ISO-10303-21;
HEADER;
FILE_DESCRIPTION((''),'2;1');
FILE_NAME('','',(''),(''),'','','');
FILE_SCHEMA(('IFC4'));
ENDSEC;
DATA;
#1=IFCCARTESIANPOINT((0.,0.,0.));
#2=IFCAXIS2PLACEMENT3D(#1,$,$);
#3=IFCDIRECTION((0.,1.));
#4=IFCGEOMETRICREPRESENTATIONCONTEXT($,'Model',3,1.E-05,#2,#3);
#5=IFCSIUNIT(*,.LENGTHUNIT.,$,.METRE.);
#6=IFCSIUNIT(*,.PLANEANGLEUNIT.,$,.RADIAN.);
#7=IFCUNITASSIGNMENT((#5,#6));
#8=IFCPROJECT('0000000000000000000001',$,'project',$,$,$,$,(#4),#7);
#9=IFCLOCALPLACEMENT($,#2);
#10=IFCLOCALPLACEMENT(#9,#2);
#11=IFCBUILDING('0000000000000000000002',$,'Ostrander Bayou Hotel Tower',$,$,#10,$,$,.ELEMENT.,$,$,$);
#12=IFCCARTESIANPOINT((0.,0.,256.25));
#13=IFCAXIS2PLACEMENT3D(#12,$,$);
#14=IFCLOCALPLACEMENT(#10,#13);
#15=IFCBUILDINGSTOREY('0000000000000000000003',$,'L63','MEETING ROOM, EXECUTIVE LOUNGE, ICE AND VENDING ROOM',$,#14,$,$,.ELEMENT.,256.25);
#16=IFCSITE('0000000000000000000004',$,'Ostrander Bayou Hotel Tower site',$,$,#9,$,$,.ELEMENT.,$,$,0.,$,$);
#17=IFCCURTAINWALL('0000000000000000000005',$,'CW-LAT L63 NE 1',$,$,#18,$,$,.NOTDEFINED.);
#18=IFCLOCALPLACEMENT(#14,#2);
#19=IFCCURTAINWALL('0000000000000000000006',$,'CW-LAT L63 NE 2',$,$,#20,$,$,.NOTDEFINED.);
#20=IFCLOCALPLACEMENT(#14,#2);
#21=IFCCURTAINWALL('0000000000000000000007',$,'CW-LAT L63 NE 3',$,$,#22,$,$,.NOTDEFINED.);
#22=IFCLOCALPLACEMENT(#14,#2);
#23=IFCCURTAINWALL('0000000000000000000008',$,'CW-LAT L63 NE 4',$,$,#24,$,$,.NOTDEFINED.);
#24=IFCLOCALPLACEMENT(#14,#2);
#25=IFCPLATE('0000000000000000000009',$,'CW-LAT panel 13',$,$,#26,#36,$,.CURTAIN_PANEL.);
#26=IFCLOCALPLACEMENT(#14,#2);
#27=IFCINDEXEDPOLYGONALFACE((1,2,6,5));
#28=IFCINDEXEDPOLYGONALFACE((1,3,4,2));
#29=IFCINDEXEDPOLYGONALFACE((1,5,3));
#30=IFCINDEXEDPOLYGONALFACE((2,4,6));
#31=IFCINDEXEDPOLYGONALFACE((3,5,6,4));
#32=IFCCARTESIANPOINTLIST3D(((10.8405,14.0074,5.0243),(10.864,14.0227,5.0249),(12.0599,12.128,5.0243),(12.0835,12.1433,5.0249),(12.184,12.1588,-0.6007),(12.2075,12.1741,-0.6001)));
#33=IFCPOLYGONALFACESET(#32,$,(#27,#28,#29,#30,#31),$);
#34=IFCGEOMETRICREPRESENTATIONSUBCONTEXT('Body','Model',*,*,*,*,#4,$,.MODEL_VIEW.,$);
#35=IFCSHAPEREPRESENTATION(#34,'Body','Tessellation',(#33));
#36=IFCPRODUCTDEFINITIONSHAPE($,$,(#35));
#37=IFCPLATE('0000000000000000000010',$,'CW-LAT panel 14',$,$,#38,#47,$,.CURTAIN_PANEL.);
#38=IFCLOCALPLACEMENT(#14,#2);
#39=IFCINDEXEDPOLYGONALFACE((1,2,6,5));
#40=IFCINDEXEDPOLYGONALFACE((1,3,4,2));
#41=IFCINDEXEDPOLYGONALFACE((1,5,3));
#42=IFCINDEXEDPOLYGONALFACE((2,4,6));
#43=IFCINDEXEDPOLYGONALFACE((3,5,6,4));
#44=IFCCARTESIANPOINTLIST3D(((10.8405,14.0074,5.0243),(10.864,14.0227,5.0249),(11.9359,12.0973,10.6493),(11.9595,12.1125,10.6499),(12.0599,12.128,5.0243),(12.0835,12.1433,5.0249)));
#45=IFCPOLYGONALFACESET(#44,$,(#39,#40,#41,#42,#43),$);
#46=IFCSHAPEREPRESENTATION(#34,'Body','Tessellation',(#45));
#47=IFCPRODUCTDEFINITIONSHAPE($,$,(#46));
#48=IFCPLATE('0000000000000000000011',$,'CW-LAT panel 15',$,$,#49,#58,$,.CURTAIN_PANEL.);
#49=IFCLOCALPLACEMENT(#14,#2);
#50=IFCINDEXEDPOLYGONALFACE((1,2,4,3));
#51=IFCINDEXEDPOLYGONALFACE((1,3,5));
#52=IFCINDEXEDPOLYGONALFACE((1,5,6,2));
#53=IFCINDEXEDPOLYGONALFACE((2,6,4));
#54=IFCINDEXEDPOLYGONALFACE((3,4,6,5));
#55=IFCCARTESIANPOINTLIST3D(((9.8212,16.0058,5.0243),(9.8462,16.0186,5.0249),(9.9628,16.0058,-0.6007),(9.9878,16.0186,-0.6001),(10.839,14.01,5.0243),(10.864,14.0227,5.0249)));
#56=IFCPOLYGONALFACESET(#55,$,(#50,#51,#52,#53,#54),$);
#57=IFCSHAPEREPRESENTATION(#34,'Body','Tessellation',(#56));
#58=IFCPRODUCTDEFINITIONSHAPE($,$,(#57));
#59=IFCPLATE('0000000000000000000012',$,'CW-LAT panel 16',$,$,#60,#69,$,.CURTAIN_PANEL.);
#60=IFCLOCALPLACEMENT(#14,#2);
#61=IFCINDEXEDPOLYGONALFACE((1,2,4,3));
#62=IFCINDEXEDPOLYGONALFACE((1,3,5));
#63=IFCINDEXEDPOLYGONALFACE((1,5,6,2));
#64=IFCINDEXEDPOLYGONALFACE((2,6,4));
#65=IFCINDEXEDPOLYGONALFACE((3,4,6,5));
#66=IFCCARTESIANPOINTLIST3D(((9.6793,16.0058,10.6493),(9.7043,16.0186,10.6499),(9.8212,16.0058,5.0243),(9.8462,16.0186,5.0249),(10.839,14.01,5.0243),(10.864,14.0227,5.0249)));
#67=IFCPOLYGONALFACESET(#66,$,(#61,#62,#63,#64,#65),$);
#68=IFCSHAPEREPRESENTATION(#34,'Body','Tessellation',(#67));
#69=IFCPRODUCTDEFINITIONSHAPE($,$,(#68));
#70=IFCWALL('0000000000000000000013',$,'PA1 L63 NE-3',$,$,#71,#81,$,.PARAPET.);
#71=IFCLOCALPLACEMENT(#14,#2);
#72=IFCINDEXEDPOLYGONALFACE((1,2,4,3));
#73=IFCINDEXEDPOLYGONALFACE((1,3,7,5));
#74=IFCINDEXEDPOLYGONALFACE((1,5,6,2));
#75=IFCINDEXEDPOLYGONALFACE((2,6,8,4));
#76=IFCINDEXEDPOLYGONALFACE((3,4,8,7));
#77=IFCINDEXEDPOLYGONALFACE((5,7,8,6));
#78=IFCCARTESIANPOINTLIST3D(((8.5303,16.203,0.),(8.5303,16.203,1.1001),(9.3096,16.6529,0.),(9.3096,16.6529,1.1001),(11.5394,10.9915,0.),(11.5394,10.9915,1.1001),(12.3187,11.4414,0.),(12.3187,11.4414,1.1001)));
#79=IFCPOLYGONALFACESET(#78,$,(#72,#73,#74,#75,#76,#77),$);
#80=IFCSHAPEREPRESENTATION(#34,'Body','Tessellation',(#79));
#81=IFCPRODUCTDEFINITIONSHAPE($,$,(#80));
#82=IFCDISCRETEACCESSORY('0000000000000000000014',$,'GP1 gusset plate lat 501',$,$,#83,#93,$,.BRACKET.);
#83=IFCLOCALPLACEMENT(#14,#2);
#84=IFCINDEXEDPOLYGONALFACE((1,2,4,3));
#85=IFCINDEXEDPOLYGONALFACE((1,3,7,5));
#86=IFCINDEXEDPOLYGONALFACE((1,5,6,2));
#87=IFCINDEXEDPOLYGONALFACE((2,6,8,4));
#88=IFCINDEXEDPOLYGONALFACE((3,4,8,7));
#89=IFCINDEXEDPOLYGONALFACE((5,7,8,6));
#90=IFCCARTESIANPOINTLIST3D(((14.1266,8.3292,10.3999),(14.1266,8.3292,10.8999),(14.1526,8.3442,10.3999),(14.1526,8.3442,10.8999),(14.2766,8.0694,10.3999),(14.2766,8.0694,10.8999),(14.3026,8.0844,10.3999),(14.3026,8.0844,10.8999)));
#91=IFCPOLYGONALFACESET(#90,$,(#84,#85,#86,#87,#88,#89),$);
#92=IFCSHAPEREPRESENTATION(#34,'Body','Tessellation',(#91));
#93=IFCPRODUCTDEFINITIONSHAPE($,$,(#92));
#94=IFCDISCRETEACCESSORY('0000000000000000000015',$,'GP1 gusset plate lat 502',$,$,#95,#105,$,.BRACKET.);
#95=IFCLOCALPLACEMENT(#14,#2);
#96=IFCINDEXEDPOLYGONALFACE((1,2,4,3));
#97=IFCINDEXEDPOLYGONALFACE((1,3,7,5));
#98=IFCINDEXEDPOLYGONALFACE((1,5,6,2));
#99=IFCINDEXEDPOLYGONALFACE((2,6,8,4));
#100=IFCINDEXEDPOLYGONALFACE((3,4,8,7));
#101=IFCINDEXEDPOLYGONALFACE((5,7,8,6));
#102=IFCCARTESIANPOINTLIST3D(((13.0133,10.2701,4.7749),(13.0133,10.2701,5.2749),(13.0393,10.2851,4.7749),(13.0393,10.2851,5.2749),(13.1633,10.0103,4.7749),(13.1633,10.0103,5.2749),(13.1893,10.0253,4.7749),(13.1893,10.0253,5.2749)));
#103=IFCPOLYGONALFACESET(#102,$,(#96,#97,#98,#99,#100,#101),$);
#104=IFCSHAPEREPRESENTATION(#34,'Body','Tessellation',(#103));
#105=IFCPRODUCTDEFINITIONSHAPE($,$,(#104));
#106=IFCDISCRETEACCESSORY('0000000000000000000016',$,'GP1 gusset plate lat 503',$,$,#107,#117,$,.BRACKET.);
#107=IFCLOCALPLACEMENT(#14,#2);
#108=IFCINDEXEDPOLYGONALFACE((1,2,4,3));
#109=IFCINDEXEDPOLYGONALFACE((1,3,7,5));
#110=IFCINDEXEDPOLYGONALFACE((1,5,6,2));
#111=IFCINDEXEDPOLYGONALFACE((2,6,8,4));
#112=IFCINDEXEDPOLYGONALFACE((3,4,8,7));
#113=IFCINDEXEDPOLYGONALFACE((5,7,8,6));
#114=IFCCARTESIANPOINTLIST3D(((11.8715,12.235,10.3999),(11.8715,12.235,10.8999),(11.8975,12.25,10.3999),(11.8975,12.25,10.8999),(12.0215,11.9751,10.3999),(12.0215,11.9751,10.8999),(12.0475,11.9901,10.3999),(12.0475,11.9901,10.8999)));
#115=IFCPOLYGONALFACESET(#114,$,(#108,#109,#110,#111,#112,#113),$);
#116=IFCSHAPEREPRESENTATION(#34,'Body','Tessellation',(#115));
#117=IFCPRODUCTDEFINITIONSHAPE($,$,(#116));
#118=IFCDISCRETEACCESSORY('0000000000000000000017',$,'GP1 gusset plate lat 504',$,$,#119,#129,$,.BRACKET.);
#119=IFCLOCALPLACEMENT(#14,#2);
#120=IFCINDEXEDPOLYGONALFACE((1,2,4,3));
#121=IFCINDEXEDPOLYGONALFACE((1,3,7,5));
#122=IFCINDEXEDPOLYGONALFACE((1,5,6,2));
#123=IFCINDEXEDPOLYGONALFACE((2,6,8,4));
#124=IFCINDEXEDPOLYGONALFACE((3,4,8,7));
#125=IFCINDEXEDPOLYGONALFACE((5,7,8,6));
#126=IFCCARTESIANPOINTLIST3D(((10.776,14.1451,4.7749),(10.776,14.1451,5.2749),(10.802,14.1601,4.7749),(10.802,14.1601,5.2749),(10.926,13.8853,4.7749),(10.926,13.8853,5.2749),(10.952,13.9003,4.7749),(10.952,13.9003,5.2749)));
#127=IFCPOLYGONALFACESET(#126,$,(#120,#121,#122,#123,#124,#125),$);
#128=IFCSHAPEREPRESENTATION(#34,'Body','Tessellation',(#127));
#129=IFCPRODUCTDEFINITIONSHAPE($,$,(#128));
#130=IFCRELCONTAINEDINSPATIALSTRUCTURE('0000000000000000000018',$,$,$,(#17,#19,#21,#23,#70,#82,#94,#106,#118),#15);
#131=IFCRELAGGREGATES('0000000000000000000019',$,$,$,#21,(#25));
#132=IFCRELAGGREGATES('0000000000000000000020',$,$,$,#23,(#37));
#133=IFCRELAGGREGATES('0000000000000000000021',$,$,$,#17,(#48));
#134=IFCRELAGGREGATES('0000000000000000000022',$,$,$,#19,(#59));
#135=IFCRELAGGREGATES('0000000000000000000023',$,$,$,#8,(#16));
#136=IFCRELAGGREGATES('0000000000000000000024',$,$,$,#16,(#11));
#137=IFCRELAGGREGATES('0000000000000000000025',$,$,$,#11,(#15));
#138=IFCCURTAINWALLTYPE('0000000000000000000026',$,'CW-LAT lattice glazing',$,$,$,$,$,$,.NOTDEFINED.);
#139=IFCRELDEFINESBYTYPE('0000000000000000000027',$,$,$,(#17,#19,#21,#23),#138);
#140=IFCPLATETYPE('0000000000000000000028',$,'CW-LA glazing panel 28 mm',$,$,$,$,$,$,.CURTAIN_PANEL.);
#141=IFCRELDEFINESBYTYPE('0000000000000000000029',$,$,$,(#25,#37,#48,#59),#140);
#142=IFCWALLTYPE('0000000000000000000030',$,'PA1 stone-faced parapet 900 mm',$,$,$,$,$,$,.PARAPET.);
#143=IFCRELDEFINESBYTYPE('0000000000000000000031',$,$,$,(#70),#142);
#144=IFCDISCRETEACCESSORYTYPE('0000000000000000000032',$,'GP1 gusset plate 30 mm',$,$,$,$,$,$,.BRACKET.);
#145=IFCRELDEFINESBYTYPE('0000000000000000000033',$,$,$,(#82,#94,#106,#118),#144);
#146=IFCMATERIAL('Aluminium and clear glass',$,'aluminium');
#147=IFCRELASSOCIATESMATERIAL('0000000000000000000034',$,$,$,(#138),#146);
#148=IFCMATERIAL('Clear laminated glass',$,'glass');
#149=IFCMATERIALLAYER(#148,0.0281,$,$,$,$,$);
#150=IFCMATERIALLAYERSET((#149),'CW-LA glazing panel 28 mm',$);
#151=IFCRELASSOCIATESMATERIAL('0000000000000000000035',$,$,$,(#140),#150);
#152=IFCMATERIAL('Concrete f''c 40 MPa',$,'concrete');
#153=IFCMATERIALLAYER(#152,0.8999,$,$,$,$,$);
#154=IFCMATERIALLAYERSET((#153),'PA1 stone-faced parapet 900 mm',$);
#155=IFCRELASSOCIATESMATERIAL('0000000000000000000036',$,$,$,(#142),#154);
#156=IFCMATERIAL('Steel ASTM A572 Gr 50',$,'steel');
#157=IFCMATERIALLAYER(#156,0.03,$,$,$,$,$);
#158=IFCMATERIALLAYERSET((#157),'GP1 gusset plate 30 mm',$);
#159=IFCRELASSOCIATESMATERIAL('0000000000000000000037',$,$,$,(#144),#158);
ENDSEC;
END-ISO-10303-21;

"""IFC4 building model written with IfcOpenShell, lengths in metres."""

from ifc_helpers import new_model, si_unit, direction, frame, frame_2d, origin, origin_2d, place, context, subcontext, project, spatial, polyline, rectangle, outline, extrude, material, layer, layer_set, type_object, element, aggregate, save


model = new_model("IFC4")

# Units and contexts
model_context = context("Model", 3, precision=1e-05, world=origin(), true_north=direction((0.0, 1.0)))
body_context = subcontext(model_context, "Body", "Model", "MODEL_VIEW")
ifc_project = project(units=[si_unit("LENGTHUNIT", "METRE"), si_unit("PLANEANGLEUNIT", "RADIAN")], contexts=[model_context])

# Site, building, storey
site_placement = place(None, origin())
site = spatial("IfcSite", under=ifc_project, at=site_placement, Name="Ostrander Bayou Hotel Tower site", CompositionType="ELEMENT", RefElevation=0.0)
building_placement = place(site_placement, origin())
building = spatial("IfcBuilding", under=site, at=building_placement, Name="Ostrander Bayou Hotel Tower", CompositionType="ELEMENT")
storey_placement = place(building_placement, frame((0.0, 0.0, 256.25)))
storey = spatial("IfcBuildingStorey", under=building, at=storey_placement, Name="L63", Description="MEETING ROOM, EXECUTIVE LOUNGE, ICE AND VENDING ROOM", CompositionType="ELEMENT", Elevation=256.25)

# Curtain walls
ifc_material_1 = material(Name="Aluminium and clear glass", Category="aluminium")
curtain_wall_type = type_object("IfcCurtainWallType", Name="CW-LAT lattice glazing", PredefinedType="NOTDEFINED", material=ifc_material_1)
curtain_wall_1_placement = place(storey_placement, origin())
curtain_wall_1 = element("IfcCurtainWall", 1, at=curtain_wall_1_placement, inside=storey, type_object=curtain_wall_type, Name="CW-LAT L63 NE 1", PredefinedType="NOTDEFINED")
curtain_wall_2_placement = place(storey_placement, origin())
curtain_wall_2 = element("IfcCurtainWall", 2, at=curtain_wall_2_placement, inside=storey, type_object=curtain_wall_type, Name="CW-LAT L63 NE 2", PredefinedType="NOTDEFINED")

# Curtain walls
curtain_wall_3_placement = place(storey_placement, origin())
curtain_wall_3 = element("IfcCurtainWall", 3, at=curtain_wall_3_placement, inside=storey, type_object=curtain_wall_type, Name="CW-LAT L63 NE 3", PredefinedType="NOTDEFINED")
ifc_material_2 = material(Name="Clear laminated glass", Category="glass")
ifc_layer_1 = layer(ifc_material_2, 0.0281)
ifc_layer_set_1 = layer_set([ifc_layer_1], Name="CW-LA glazing panel 28 mm")
plate_type = type_object("IfcPlateType", Name="CW-LA glazing panel 28 mm", PredefinedType="CURTAIN_PANEL", material=ifc_layer_set_1)
curtain_wall_4_placement = place(storey_placement, origin())
curtain_wall_4 = element("IfcCurtainWall", 4, at=curtain_wall_4_placement, inside=storey, type_object=curtain_wall_type, Name="CW-LAT L63 NE 4", PredefinedType="NOTDEFINED")

# Plates
plate_1_placement = place(storey_placement, frame((10.864, 14.0227, 5.0249), z_axis=(0.838683, 0.544196, 0.021468), x_axis=(0.221281, -0.304477, -0.92646)))
plate_1 = element("IfcPlate", 5, at=plate_1_placement, type_object=plate_type, Name="CW-LAT panel 13", PredefinedType="CURTAIN_PANEL", context=body_context, shape_type="SweptSolid", body=[
    extrude(outline(polyline([(0.0, 0.0), (6.0715, 0.0), (0.8421, -2.0761), (0.0, 0.0)])), origin(), (0.0, 0.0, -1.0), 0.0281),
])
aggregate(curtain_wall_3, [plate_1])
plate_2_placement = place(storey_placement, frame((10.864, 14.0227, 5.0249), z_axis=(0.838683, 0.544196, 0.021468), x_axis=(0.181348, -0.316217, 0.931192)))
plate_2 = element("IfcPlate", 6, at=plate_2_placement, type_object=plate_type, Name="CW-LAT panel 14", PredefinedType="CURTAIN_PANEL", context=body_context, shape_type="SweptSolid", body=[
    extrude(outline(polyline([(0.0, 0.0), (6.0406, 0.0), (0.8154, 2.0867), (0.0, 0.0)])), origin(), (0.0, 0.0, -1.0), 0.0281),
])
aggregate(curtain_wall_4, [plate_2])
plate_3_placement = place(storey_placement, frame((10.864, 14.0227, 5.0249), z_axis=(0.890623, 0.45419, 0.02242), x_axis=(-0.145249, 0.330846, -0.93244)))
plate_3 = element("IfcPlate", 7, at=plate_3_placement, type_object=plate_type, Name="CW-LAT panel 15", PredefinedType="CURTAIN_PANEL", context=body_context, shape_type="SweptSolid", body=[
    extrude(outline(polyline([(0.0, 0.0), (6.0326, 0.0), (0.8082, 2.0896), (0.0, 0.0)])), origin(), (0.0, 0.0, -1.0), 0.0281),
])
aggregate(curtain_wall_1, [plate_3])
plate_4_placement = place(storey_placement, frame((10.864, 14.0227, 5.0249), z_axis=(0.890622, 0.45419, 0.022459), x_axis=(-0.190728, 0.328254, 0.925134)))
plate_4 = element("IfcPlate", 8, at=plate_4_placement, type_object=plate_type, Name="CW-LAT panel 16", PredefinedType="CURTAIN_PANEL", context=body_context, shape_type="SweptSolid", body=[
    extrude(outline(polyline([(0.0, 0.0), (6.0802, 0.0), (0.8493, -2.0732), (0.0, 0.0)])), origin(), (0.0, 0.0, -1.0), 0.0281),
])
aggregate(curtain_wall_2, [plate_4])

# Wall
ifc_material_3 = material(Name="Concrete f'c 40 MPa", Category="concrete")
ifc_layer_2 = layer(ifc_material_3, 0.8999)
ifc_layer_set_2 = layer_set([ifc_layer_2], Name="PA1 stone-faced parapet 900 mm")
wall_type = type_object("IfcWallType", Name="PA1 stone-faced parapet 900 mm", PredefinedType="PARAPET", material=ifc_layer_set_2)
wall_placement = place(storey_placement, frame((11.929, 11.2166, 0.0), z_axis=(0.0, 0.0, 1.0), x_axis=(-0.500027, 0.86601, 0.0)))
element("IfcWall", 9, at=wall_placement, inside=storey, type_object=wall_type, Name="PA1 L63 NE-3", PredefinedType="PARAPET", context=body_context, shape_type="SweptSolid", body=[
    extrude(rectangle(XDim=6.0178, YDim=0.8999, at=frame_2d((3.0088, 0.0))), origin(), (0.0, 0.0, 1.0), 1.1001),
])

# Discrete accessories
ifc_material_4 = material(Name="Steel ASTM A572 Gr 50", Category="steel")
ifc_layer_3 = layer(ifc_material_4, 0.03)
ifc_layer_set_3 = layer_set([ifc_layer_3], Name="GP1 gusset plate 30 mm")
discrete_accessory_type = type_object("IfcDiscreteAccessoryType", Name="GP1 gusset plate 30 mm", PredefinedType="BRACKET", material=ifc_layer_set_3)
for number, where, z_axis, x_axis, name in (
    (10, (14.2146, 8.2068, 10.3999), (0.0, 0.0, 1.0), (-0.5, 0.866025, 0.0), "GP1 gusset plate lat 501"),
    (11, (13.1013, 10.1477, 4.7749), (0.0, 0.0, 1.0), (-0.5, 0.866025, 0.0), "GP1 gusset plate lat 502"),
    (12, (11.9595, 12.1125, 10.3999), (0.0, 0.0, 1.0), (-0.5, 0.866025, 0.0), "GP1 gusset plate lat 503"),
    (13, (10.864, 14.0227, 4.7749), (0.0, 0.0, 1.0), (-0.5, 0.866025, 0.0), "GP1 gusset plate lat 504"),
):
    element("IfcDiscreteAccessory", number, at=place(storey_placement, frame(where, z_axis=z_axis, x_axis=x_axis)), inside=storey, type_object=discrete_accessory_type, Name=name, PredefinedType="BRACKET", context=body_context, shape_type="SweptSolid", body=[
        extrude(rectangle(XDim=0.3, YDim=0.03, at=origin_2d()), origin(), (0.0, 0.0, 1.0), 0.5),
    ])

save(model, "model.ifc")
